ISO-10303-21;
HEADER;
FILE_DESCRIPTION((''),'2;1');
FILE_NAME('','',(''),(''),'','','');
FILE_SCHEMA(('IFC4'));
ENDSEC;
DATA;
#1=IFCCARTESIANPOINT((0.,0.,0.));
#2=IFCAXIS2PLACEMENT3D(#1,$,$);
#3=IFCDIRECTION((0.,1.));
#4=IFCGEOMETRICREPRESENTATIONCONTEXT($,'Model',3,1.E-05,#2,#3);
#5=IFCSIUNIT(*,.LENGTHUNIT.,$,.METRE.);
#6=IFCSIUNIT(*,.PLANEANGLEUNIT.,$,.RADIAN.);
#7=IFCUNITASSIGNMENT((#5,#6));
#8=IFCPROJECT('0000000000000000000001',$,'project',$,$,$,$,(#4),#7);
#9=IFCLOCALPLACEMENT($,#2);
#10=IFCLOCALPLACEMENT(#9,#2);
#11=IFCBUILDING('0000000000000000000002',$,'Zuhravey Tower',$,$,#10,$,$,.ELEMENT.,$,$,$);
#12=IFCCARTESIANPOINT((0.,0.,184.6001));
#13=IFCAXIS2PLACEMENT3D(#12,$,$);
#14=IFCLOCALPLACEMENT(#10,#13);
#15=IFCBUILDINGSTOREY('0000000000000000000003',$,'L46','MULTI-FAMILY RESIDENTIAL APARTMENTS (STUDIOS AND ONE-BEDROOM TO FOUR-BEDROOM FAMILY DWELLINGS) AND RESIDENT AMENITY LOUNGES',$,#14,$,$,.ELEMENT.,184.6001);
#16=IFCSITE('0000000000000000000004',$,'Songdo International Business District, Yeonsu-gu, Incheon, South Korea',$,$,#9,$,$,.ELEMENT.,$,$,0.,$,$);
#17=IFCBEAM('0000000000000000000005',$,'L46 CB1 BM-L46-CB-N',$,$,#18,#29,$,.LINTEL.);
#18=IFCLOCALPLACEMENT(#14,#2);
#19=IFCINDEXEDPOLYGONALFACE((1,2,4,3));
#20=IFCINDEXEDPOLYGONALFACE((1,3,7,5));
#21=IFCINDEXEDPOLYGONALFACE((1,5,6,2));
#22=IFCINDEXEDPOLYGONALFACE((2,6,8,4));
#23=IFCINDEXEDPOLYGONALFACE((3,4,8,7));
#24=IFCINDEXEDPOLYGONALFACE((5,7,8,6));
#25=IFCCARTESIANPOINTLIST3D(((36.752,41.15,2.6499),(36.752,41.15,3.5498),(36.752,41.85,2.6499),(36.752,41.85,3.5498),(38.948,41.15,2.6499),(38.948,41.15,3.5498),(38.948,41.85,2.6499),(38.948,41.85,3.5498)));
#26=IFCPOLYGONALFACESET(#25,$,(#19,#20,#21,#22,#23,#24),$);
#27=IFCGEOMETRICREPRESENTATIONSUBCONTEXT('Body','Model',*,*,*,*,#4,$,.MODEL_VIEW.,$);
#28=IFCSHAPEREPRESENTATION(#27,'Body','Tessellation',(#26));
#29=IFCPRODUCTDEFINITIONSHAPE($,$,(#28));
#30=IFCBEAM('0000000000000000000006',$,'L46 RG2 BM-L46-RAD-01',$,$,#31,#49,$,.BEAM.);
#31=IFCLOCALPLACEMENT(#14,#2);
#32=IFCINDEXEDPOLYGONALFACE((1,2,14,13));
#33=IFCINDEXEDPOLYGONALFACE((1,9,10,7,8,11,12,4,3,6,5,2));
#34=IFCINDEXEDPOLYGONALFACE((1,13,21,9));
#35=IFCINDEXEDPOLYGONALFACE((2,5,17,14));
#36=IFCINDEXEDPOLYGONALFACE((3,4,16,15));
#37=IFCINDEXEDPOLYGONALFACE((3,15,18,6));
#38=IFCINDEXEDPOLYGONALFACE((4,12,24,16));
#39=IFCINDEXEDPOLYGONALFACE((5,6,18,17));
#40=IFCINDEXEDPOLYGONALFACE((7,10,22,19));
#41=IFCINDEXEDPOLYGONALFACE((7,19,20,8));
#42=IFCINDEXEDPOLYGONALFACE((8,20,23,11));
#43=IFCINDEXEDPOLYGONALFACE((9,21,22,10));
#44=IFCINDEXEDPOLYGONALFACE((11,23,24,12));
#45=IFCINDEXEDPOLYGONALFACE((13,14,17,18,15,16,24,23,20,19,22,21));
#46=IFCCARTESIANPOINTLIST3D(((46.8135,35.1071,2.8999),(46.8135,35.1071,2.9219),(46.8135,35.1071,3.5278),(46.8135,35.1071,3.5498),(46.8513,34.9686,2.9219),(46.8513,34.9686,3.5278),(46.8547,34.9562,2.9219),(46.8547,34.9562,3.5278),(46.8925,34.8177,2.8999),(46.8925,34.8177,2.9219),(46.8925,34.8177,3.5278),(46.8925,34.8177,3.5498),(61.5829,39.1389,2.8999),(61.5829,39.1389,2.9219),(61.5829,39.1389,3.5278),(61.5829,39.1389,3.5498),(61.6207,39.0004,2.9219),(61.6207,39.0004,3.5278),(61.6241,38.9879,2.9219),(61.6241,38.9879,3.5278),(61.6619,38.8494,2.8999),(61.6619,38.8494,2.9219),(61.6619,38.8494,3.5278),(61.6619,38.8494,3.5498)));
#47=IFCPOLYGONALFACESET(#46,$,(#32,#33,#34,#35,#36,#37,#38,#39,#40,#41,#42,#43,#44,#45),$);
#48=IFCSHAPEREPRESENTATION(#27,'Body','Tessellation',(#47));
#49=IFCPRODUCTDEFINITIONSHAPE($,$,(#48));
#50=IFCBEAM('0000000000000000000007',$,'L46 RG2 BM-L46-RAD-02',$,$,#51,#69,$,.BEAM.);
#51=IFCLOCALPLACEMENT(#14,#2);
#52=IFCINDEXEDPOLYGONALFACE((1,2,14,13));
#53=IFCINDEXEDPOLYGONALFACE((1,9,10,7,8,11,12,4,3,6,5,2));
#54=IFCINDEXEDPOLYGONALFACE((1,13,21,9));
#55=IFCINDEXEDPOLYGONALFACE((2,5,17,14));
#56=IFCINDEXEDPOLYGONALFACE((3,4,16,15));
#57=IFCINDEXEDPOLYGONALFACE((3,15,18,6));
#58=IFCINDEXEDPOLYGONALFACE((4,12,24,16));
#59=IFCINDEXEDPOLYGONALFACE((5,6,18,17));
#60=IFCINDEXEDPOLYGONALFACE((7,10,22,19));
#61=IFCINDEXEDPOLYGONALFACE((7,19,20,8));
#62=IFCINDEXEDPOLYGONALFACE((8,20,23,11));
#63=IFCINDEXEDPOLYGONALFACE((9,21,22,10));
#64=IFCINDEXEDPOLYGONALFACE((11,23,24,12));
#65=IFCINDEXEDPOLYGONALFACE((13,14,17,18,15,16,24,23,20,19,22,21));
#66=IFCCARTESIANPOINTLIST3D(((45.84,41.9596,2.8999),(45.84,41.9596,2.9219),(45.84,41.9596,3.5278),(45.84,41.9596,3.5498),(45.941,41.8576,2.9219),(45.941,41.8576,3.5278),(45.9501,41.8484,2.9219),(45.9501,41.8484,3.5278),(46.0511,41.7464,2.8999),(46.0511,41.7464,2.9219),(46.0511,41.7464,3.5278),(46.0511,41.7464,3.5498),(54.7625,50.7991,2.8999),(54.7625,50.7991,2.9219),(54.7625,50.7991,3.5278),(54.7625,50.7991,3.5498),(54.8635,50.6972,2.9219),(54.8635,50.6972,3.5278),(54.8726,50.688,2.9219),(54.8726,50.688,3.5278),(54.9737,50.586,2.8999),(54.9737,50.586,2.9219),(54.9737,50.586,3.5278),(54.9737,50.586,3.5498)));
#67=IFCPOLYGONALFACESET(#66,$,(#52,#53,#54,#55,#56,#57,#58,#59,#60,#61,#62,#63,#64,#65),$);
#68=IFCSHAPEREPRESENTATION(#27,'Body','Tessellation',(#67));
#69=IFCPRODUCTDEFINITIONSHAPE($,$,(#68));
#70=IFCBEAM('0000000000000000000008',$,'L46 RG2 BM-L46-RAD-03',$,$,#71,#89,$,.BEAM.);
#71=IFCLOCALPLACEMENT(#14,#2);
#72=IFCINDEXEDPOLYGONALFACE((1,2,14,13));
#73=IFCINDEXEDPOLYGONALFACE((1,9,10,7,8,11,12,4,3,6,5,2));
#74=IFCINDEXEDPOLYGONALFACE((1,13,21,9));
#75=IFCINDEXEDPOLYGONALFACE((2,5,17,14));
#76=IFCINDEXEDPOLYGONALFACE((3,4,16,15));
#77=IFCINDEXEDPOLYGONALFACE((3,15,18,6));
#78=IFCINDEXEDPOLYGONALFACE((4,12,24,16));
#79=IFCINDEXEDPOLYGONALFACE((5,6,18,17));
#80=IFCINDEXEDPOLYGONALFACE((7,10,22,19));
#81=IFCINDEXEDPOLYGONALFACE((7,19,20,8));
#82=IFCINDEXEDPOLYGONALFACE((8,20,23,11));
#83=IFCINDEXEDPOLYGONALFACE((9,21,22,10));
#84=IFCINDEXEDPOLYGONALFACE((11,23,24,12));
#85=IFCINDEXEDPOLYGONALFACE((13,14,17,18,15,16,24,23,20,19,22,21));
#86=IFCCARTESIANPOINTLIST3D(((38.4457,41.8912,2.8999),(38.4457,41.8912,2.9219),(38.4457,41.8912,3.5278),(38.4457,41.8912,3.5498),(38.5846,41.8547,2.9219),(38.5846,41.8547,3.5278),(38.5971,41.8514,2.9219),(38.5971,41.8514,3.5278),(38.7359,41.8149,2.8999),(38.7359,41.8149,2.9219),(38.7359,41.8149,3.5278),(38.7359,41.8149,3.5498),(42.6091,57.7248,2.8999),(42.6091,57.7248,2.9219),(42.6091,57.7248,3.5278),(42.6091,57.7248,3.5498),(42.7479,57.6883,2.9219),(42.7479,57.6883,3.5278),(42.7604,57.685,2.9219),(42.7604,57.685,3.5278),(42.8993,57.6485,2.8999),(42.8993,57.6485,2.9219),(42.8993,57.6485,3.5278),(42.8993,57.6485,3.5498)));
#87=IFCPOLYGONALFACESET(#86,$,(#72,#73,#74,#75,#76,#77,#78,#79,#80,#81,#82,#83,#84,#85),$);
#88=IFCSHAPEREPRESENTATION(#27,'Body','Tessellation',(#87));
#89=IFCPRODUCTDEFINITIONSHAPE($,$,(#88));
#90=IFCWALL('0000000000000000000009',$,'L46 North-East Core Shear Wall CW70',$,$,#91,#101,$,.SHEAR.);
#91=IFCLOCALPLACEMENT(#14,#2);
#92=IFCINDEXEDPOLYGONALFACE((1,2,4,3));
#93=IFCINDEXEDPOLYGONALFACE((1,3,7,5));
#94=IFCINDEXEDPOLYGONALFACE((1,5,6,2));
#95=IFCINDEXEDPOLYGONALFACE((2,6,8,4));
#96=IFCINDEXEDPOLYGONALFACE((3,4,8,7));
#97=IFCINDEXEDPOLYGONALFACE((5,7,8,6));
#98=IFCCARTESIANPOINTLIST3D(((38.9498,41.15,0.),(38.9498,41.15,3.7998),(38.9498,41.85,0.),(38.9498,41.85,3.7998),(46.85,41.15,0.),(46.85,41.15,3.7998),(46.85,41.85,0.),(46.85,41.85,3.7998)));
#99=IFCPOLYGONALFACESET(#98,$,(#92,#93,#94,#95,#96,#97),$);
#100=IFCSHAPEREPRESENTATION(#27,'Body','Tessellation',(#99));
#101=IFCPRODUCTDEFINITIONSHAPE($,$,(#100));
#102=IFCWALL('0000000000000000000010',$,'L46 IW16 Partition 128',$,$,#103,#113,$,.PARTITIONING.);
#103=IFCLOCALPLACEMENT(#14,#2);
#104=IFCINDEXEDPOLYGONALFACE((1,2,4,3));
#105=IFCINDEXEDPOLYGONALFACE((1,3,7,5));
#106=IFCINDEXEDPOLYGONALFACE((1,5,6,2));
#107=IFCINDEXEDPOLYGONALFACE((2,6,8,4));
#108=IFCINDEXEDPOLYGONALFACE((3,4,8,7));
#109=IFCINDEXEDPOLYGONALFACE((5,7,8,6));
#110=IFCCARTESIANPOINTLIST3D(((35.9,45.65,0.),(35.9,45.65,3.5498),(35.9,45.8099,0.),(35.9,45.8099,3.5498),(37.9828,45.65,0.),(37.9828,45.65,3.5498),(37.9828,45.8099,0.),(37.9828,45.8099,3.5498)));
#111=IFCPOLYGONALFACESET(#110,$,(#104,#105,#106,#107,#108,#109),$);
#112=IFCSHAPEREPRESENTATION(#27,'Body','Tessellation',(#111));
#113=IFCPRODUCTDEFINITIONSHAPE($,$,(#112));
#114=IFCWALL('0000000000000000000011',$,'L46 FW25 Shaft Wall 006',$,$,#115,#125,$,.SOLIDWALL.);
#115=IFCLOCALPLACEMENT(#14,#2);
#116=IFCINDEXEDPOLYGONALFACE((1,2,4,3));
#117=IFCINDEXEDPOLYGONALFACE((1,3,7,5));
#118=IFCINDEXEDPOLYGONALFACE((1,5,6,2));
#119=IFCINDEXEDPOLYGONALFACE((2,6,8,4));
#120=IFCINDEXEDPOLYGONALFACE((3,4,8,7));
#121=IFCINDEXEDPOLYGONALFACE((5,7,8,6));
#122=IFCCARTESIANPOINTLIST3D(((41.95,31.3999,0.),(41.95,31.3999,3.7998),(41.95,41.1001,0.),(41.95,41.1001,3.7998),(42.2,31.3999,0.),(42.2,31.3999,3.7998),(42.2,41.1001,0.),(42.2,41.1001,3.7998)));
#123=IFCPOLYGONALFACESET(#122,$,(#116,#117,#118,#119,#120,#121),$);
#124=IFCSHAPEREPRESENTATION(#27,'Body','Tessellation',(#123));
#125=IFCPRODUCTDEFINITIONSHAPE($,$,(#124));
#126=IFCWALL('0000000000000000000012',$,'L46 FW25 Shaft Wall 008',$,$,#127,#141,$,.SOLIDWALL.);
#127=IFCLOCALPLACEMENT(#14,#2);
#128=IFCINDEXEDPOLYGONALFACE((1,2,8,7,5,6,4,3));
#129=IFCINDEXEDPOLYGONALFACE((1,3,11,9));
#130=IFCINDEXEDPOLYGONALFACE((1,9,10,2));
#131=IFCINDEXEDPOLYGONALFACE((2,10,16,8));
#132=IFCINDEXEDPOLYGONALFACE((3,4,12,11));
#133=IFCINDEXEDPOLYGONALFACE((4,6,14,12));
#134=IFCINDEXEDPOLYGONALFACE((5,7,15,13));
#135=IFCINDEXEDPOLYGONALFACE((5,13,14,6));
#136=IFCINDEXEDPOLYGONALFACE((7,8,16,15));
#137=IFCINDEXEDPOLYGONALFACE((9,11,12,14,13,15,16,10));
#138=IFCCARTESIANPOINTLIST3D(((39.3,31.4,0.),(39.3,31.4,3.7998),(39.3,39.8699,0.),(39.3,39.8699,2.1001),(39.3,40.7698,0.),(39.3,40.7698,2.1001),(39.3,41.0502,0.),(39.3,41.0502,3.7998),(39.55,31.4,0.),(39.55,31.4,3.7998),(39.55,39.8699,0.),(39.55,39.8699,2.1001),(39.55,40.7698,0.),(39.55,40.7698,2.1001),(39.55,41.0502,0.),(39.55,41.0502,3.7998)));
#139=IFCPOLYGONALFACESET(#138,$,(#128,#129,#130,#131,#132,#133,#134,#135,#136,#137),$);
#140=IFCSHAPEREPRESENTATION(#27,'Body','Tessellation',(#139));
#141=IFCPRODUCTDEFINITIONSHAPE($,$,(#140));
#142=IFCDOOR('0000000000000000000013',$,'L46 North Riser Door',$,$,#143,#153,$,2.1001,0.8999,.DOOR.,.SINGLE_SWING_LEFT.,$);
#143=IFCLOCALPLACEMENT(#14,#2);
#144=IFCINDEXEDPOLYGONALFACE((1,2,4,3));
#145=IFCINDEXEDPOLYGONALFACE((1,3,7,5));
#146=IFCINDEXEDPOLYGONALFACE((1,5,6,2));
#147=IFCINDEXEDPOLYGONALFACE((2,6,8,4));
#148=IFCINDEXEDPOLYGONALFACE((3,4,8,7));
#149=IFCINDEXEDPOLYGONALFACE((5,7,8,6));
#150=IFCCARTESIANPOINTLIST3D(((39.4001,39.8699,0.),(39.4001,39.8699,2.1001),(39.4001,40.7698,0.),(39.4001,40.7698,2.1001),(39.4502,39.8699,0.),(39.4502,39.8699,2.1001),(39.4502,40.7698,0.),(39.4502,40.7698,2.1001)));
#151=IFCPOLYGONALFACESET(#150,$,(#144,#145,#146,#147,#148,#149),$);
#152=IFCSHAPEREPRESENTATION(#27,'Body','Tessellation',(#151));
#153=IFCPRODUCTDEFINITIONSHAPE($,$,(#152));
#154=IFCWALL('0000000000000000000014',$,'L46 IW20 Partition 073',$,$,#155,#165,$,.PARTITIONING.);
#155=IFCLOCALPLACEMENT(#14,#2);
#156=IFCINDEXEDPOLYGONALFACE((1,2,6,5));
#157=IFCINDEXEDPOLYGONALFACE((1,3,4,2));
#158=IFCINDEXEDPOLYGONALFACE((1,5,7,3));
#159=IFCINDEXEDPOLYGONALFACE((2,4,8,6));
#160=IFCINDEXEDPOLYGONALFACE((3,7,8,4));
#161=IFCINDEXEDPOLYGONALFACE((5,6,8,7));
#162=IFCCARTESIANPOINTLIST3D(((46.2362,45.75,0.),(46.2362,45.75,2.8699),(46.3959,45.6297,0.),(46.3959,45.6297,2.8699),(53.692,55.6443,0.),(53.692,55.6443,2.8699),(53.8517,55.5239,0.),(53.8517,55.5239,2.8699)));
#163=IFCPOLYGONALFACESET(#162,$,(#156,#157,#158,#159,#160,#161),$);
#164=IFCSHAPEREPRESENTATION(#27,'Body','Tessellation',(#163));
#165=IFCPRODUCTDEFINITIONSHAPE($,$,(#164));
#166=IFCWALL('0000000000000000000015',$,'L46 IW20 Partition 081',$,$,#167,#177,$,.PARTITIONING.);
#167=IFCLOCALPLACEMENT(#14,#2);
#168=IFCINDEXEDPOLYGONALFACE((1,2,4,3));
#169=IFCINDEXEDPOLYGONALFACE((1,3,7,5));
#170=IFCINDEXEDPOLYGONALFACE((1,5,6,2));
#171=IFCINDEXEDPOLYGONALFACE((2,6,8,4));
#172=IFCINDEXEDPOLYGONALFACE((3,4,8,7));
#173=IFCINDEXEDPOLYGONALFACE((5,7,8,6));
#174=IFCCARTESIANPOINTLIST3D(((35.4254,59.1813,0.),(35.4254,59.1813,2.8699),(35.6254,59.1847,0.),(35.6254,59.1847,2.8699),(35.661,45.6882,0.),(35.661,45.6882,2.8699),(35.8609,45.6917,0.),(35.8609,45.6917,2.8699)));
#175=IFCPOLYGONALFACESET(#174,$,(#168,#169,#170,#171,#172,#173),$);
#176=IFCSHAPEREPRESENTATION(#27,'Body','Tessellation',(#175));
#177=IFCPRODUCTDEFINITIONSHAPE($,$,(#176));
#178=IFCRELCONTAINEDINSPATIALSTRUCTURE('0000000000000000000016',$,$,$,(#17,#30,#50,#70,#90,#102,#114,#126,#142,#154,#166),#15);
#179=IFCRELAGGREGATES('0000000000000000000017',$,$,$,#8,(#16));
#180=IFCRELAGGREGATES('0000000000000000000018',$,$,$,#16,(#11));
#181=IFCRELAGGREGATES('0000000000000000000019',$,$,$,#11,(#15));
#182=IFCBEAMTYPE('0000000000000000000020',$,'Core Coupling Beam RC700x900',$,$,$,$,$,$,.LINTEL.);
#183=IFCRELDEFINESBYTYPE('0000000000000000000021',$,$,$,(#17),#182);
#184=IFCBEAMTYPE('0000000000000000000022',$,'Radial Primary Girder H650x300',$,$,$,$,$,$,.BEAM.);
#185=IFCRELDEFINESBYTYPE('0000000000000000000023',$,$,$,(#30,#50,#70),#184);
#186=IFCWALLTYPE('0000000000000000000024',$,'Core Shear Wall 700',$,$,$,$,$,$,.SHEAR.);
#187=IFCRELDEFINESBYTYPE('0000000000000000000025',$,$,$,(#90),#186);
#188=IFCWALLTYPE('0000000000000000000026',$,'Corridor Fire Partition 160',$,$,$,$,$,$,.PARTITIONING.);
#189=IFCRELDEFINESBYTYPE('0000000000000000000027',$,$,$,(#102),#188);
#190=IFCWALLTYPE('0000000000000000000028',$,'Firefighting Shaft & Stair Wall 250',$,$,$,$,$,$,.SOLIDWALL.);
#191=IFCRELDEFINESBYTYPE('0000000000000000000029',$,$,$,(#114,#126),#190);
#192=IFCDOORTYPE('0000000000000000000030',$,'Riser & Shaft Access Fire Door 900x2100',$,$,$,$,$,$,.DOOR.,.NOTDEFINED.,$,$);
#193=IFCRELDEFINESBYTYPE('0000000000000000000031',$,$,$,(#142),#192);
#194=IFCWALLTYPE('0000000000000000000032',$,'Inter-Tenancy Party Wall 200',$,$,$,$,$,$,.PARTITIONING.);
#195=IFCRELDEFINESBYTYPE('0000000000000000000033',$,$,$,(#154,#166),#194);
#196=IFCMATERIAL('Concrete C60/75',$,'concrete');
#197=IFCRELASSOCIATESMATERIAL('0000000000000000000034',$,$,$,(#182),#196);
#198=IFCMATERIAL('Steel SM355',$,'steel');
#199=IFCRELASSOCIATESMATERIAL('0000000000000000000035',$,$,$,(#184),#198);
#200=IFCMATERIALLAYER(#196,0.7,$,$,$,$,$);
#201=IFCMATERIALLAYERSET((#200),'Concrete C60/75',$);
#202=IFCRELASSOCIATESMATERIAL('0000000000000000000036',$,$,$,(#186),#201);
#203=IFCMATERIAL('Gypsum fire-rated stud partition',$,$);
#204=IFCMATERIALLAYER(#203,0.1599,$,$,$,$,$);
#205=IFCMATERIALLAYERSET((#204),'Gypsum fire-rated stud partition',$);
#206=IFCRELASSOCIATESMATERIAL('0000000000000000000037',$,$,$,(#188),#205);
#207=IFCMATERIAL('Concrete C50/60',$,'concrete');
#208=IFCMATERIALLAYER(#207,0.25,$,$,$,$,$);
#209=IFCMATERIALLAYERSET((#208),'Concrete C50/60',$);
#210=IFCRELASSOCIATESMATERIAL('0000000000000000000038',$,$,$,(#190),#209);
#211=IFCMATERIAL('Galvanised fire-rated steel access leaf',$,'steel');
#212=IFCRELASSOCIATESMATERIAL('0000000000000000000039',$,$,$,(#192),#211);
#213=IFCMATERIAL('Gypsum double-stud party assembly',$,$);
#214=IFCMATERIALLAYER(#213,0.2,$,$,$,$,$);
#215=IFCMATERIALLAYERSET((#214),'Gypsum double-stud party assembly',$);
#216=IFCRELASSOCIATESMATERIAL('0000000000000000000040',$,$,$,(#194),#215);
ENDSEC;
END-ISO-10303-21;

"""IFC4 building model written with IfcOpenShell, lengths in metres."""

from ifc_helpers import new_model, si_unit, direction, frame, frame_2d, origin, origin_2d, place, context, subcontext, project, spatial, rectangle, i_section, extrude, material, layer, layer_set, material_profile, profile_set, type_object, element, fill, save


model = new_model("IFC4")

# Units and contexts
model_context = context("Model", 3, precision=1e-05, world=origin(), true_north=direction((0.0, 1.0)))
body_context = subcontext(model_context, "Body", "Model", "MODEL_VIEW")
ifc_project = project(units=[si_unit("LENGTHUNIT", "METRE"), si_unit("PLANEANGLEUNIT", "RADIAN")], contexts=[model_context])

# Site, building, storey
site_placement = place(None, origin())
site = spatial("IfcSite", under=ifc_project, at=site_placement, Name="Songdo International Business District, Yeonsu-gu, Incheon, South Korea", CompositionType="ELEMENT", RefElevation=0.0)
building_placement = place(site_placement, origin())
building = spatial("IfcBuilding", under=site, at=building_placement, Name="Zuhravey Tower", CompositionType="ELEMENT")
storey_placement = place(building_placement, frame((0.0, 0.0, 184.6001)))
storey = spatial("IfcBuildingStorey", under=building, at=storey_placement, Name="L46", Description="MULTI-FAMILY RESIDENTIAL APARTMENTS (STUDIOS AND ONE-BEDROOM TO FOUR-BEDROOM FAMILY DWELLINGS) AND RESIDENT AMENITY LOUNGES", CompositionType="ELEMENT", Elevation=184.6001)

# Beams
ifc_material_1 = material(Name="Concrete C60/75", Category="concrete")
ifc_material_profile_1 = material_profile(ifc_material_1, rectangle(XDim=0.7, YDim=0.8999, at=origin_2d()), Name="RC-700x900")
ifc_profile_set_1 = profile_set([ifc_material_profile_1], Name="Concrete C60/75")
beam_type_1 = type_object("IfcBeamType", Name="Core Coupling Beam RC700x900", PredefinedType="LINTEL", material=ifc_profile_set_1)
beam_1_placement = place(storey_placement, frame((36.752, 41.5, 3.0999), z_axis=(1.0, 0.0, 0.0), x_axis=(0.0, 1.0, 0.0)))
element("IfcBeam", 1, at=beam_1_placement, inside=storey, type_object=beam_type_1, Name="L46 CB1 BM-L46-CB-N", PredefinedType="LINTEL", context=body_context, shape_type="SweptSolid", body=[
    extrude(rectangle(XDim=0.7, YDim=0.8999, at=origin_2d()), origin(), (0.0, 0.0, 1.0), 2.196),
])
ifc_material_2 = material(Name="Steel SM355", Category="steel")
ifc_material_profile_2 = material_profile(ifc_material_2, i_section(OverallWidth=0.3, OverallDepth=0.6499, WebThickness=0.0129, FlangeThickness=0.022, at=origin_2d()), Name="H-650x300x13x22")
ifc_profile_set_2 = profile_set([ifc_material_profile_2], Name="Steel SM355")
beam_type_2 = type_object("IfcBeamType", Name="Radial Primary Girder H650x300", PredefinedType="BEAM", material=ifc_profile_set_2)
beam_2_placement = place(storey_placement, frame((46.853, 34.9624, 3.2249), z_axis=(0.964702, 0.263345, 0.0), x_axis=(-0.263345, 0.964702, 0.0)))
element("IfcBeam", 2, at=beam_2_placement, inside=storey, type_object=beam_type_2, Name="L46 RG2 BM-L46-RAD-01", PredefinedType="BEAM", context=body_context, shape_type="SweptSolid", body=[
    extrude(i_section(OverallWidth=0.3, OverallDepth=0.6499, WebThickness=0.0129, FlangeThickness=0.022, at=origin_2d()), origin(), (0.0, 0.0, 1.0), 15.3098),
])
beam_3_placement = place(storey_placement, frame((45.9456, 41.853, 3.2249), z_axis=(0.710404, 0.703795, 0.0), x_axis=(-0.703795, 0.710404, 0.0)))
element("IfcBeam", 3, at=beam_3_placement, inside=storey, type_object=beam_type_2, Name="L46 RG2 BM-L46-RAD-02", PredefinedType="BEAM", context=body_context, shape_type="SweptSolid", body=[
    extrude(i_section(OverallWidth=0.3, OverallDepth=0.6499, WebThickness=0.0129, FlangeThickness=0.022, at=origin_2d()), origin(), (0.0, 0.0, 1.0), 12.5598),
])
beam_4_placement = place(storey_placement, frame((38.5908, 41.853, 3.2249), z_axis=(0.2543, 0.967125, 0.0), x_axis=(-0.967125, 0.2543, 0.0)))
element("IfcBeam", 4, at=beam_4_placement, inside=storey, type_object=beam_type_2, Name="L46 RG2 BM-L46-RAD-03", PredefinedType="BEAM", context=body_context, shape_type="SweptSolid", body=[
    extrude(i_section(OverallWidth=0.3, OverallDepth=0.6499, WebThickness=0.0129, FlangeThickness=0.022, at=origin_2d()), origin(), (0.0, 0.0, 1.0), 16.3718),
])

# Wall
ifc_layer_1 = layer(ifc_material_1, 0.7)
ifc_layer_set_1 = layer_set([ifc_layer_1], Name="Concrete C60/75")
wall_type_1 = type_object("IfcWallType", Name="Core Shear Wall 700", PredefinedType="SHEAR", material=ifc_layer_set_1)
wall_1_placement = place(storey_placement, frame((46.8501, 41.5, 0.0), z_axis=(0.0, 0.0, 1.0), x_axis=(-1.0, 0.0, 0.0)))
element("IfcWall", 5, at=wall_1_placement, inside=storey, type_object=wall_type_1, Name="L46 North-East Core Shear Wall CW70", PredefinedType="SHEAR", context=body_context, shape_type="SweptSolid", body=[
    extrude(rectangle(XDim=7.9001, YDim=0.7, at=frame_2d((3.9502, 0.0))), origin(), (0.0, 0.0, 1.0), 3.7998),
])

# Shared definitions
ifc_material_3 = material(Name="Gypsum fire-rated stud partition")
ifc_layer_2 = layer(ifc_material_3, 0.1599)
ifc_layer_set_2 = layer_set([ifc_layer_2], Name="Gypsum fire-rated stud partition")
wall_type_2 = type_object("IfcWallType", Name="Corridor Fire Partition 160", PredefinedType="PARTITIONING", material=ifc_layer_set_2)

# Wall
wall_2_placement = place(storey_placement, frame((37.9829, 45.73, 0.0), z_axis=(0.0, 0.0, 1.0), x_axis=(-1.0, 0.0, 0.0)))
element("IfcWall", 6, at=wall_2_placement, inside=storey, type_object=wall_type_2, Name="L46 IW16 Partition 128", PredefinedType="PARTITIONING", context=body_context, shape_type="SweptSolid", body=[
    extrude(rectangle(XDim=2.0828, YDim=0.1599, at=frame_2d((1.0415, 0.0))), origin(), (0.0, 0.0, 1.0), 3.5498),
])

# Shared definitions
ifc_material_4 = material(Name="Concrete C50/60", Category="concrete")
ifc_layer_3 = layer(ifc_material_4, 0.25)
ifc_layer_set_3 = layer_set([ifc_layer_3], Name="Concrete C50/60")
wall_type_3 = type_object("IfcWallType", Name="Firefighting Shaft & Stair Wall 250", PredefinedType="SOLIDWALL", material=ifc_layer_set_3)

# Wall
wall_3_placement = place(storey_placement, frame((42.075, 31.3999, 0.0), z_axis=(0.0, 0.0, 1.0), x_axis=(0.0, 1.0, 0.0)))
element("IfcWall", 7, at=wall_3_placement, inside=storey, type_object=wall_type_3, Name="L46 FW25 Shaft Wall 006", PredefinedType="SOLIDWALL", context=body_context, shape_type="SweptSolid", body=[
    extrude(rectangle(XDim=9.7002, YDim=0.25, at=frame_2d((4.8501, 0.0))), origin(), (0.0, 0.0, 1.0), 3.7998),
])

# Wall, opening, door
wall_4_placement = place(storey_placement, frame((39.425, 31.3999, 0.0), z_axis=(0.0, 0.0, 1.0), x_axis=(0.0, 1.0, 0.0)))
wall_4 = element("IfcWall", 8, at=wall_4_placement, inside=storey, type_object=wall_type_3, Name="L46 FW25 Shaft Wall 008", PredefinedType="SOLIDWALL", context=body_context, shape_type="SweptSolid", body=[
    extrude(rectangle(XDim=9.6501, YDim=0.25, at=frame_2d((4.8252, 0.0))), origin(), (0.0, 0.0, 1.0), 3.7998),
])
opening_1_placement = place(wall_4_placement, frame((8.47, 0.0, 0.0)))
opening_1 = element("IfcOpeningElement", 9, at=opening_1_placement, cuts=wall_4, PredefinedType="OPENING", context=body_context, shape_type="SweptSolid", body=[
    extrude(rectangle(XDim=0.8999, YDim=2.1001, at=frame_2d((0.45, 1.05))), frame((0.0, 0.137, 0.0), z_axis=(0.0, -1.0, 0.0), x_axis=(1.0, 0.0, 0.0)), (0.0, 0.0, 1.0), 0.2739),
])
ifc_material_5 = material(Name="Galvanised fire-rated steel access leaf", Category="steel")
door_type_1 = type_object("IfcDoorType", Name="Riser & Shaft Access Fire Door 900x2100", OperationType="NOTDEFINED", PredefinedType="DOOR", material=ifc_material_5)
door_1_placement = place(opening_1_placement, origin())
door_1 = element("IfcDoor", 10, at=door_1_placement, inside=storey, type_object=door_type_1, Name="L46 North Riser Door", OperationType="SINGLE_SWING_LEFT", OverallHeight=2.1001, OverallWidth=0.8999, PredefinedType="DOOR", context=body_context, shape_type="SweptSolid", body=[
    extrude(rectangle(XDim=0.8999, YDim=2.1001, at=frame_2d((0.45, 1.05))), frame((0.0, 0.0249, 0.0), z_axis=(0.0, -1.0, 0.0), x_axis=(1.0, 0.0, 0.0)), (0.0, 0.0, 1.0), 0.05),
])
fill(opening_1, door_1)

# Walls
ifc_material_6 = material(Name="Gypsum double-stud party assembly")
ifc_layer_4 = layer(ifc_material_6, 0.2)
ifc_layer_set_4 = layer_set([ifc_layer_4], Name="Gypsum double-stud party assembly")
wall_type_4 = type_object("IfcWallType", Name="Inter-Tenancy Party Wall 200", PredefinedType="PARTITIONING", material=ifc_layer_set_4)
wall_5_placement = place(storey_placement, frame((46.3162, 45.6899, 0.0), z_axis=(0.0, 0.0, 1.0), x_axis=(0.601811, 0.798638, 0.0)))
element("IfcWall", 11, at=wall_5_placement, inside=storey, type_object=wall_type_4, Name="L46 IW20 Partition 073", PredefinedType="PARTITIONING", context=body_context, shape_type="SweptSolid", body=[
    extrude(rectangle(XDim=12.3889, YDim=0.2, at=frame_2d((6.1943, 0.0))), origin(), (0.0, 0.0, 1.0), 2.8699),
])
wall_6_placement = place(storey_placement, frame((35.761, 45.6899, 0.0), z_axis=(0.0, 0.0, 1.0), x_axis=(-0.017458, 0.999848, 0.0)))
element("IfcWall", 12, at=wall_6_placement, inside=storey, type_object=wall_type_4, Name="L46 IW20 Partition 081", PredefinedType="PARTITIONING", context=body_context, shape_type="SweptSolid", body=[
    extrude(rectangle(XDim=13.4951, YDim=0.2, at=frame_2d((6.7476, 0.0))), origin(), (0.0, 0.0, 1.0), 2.8699),
])

save(model, "model.ifc")
